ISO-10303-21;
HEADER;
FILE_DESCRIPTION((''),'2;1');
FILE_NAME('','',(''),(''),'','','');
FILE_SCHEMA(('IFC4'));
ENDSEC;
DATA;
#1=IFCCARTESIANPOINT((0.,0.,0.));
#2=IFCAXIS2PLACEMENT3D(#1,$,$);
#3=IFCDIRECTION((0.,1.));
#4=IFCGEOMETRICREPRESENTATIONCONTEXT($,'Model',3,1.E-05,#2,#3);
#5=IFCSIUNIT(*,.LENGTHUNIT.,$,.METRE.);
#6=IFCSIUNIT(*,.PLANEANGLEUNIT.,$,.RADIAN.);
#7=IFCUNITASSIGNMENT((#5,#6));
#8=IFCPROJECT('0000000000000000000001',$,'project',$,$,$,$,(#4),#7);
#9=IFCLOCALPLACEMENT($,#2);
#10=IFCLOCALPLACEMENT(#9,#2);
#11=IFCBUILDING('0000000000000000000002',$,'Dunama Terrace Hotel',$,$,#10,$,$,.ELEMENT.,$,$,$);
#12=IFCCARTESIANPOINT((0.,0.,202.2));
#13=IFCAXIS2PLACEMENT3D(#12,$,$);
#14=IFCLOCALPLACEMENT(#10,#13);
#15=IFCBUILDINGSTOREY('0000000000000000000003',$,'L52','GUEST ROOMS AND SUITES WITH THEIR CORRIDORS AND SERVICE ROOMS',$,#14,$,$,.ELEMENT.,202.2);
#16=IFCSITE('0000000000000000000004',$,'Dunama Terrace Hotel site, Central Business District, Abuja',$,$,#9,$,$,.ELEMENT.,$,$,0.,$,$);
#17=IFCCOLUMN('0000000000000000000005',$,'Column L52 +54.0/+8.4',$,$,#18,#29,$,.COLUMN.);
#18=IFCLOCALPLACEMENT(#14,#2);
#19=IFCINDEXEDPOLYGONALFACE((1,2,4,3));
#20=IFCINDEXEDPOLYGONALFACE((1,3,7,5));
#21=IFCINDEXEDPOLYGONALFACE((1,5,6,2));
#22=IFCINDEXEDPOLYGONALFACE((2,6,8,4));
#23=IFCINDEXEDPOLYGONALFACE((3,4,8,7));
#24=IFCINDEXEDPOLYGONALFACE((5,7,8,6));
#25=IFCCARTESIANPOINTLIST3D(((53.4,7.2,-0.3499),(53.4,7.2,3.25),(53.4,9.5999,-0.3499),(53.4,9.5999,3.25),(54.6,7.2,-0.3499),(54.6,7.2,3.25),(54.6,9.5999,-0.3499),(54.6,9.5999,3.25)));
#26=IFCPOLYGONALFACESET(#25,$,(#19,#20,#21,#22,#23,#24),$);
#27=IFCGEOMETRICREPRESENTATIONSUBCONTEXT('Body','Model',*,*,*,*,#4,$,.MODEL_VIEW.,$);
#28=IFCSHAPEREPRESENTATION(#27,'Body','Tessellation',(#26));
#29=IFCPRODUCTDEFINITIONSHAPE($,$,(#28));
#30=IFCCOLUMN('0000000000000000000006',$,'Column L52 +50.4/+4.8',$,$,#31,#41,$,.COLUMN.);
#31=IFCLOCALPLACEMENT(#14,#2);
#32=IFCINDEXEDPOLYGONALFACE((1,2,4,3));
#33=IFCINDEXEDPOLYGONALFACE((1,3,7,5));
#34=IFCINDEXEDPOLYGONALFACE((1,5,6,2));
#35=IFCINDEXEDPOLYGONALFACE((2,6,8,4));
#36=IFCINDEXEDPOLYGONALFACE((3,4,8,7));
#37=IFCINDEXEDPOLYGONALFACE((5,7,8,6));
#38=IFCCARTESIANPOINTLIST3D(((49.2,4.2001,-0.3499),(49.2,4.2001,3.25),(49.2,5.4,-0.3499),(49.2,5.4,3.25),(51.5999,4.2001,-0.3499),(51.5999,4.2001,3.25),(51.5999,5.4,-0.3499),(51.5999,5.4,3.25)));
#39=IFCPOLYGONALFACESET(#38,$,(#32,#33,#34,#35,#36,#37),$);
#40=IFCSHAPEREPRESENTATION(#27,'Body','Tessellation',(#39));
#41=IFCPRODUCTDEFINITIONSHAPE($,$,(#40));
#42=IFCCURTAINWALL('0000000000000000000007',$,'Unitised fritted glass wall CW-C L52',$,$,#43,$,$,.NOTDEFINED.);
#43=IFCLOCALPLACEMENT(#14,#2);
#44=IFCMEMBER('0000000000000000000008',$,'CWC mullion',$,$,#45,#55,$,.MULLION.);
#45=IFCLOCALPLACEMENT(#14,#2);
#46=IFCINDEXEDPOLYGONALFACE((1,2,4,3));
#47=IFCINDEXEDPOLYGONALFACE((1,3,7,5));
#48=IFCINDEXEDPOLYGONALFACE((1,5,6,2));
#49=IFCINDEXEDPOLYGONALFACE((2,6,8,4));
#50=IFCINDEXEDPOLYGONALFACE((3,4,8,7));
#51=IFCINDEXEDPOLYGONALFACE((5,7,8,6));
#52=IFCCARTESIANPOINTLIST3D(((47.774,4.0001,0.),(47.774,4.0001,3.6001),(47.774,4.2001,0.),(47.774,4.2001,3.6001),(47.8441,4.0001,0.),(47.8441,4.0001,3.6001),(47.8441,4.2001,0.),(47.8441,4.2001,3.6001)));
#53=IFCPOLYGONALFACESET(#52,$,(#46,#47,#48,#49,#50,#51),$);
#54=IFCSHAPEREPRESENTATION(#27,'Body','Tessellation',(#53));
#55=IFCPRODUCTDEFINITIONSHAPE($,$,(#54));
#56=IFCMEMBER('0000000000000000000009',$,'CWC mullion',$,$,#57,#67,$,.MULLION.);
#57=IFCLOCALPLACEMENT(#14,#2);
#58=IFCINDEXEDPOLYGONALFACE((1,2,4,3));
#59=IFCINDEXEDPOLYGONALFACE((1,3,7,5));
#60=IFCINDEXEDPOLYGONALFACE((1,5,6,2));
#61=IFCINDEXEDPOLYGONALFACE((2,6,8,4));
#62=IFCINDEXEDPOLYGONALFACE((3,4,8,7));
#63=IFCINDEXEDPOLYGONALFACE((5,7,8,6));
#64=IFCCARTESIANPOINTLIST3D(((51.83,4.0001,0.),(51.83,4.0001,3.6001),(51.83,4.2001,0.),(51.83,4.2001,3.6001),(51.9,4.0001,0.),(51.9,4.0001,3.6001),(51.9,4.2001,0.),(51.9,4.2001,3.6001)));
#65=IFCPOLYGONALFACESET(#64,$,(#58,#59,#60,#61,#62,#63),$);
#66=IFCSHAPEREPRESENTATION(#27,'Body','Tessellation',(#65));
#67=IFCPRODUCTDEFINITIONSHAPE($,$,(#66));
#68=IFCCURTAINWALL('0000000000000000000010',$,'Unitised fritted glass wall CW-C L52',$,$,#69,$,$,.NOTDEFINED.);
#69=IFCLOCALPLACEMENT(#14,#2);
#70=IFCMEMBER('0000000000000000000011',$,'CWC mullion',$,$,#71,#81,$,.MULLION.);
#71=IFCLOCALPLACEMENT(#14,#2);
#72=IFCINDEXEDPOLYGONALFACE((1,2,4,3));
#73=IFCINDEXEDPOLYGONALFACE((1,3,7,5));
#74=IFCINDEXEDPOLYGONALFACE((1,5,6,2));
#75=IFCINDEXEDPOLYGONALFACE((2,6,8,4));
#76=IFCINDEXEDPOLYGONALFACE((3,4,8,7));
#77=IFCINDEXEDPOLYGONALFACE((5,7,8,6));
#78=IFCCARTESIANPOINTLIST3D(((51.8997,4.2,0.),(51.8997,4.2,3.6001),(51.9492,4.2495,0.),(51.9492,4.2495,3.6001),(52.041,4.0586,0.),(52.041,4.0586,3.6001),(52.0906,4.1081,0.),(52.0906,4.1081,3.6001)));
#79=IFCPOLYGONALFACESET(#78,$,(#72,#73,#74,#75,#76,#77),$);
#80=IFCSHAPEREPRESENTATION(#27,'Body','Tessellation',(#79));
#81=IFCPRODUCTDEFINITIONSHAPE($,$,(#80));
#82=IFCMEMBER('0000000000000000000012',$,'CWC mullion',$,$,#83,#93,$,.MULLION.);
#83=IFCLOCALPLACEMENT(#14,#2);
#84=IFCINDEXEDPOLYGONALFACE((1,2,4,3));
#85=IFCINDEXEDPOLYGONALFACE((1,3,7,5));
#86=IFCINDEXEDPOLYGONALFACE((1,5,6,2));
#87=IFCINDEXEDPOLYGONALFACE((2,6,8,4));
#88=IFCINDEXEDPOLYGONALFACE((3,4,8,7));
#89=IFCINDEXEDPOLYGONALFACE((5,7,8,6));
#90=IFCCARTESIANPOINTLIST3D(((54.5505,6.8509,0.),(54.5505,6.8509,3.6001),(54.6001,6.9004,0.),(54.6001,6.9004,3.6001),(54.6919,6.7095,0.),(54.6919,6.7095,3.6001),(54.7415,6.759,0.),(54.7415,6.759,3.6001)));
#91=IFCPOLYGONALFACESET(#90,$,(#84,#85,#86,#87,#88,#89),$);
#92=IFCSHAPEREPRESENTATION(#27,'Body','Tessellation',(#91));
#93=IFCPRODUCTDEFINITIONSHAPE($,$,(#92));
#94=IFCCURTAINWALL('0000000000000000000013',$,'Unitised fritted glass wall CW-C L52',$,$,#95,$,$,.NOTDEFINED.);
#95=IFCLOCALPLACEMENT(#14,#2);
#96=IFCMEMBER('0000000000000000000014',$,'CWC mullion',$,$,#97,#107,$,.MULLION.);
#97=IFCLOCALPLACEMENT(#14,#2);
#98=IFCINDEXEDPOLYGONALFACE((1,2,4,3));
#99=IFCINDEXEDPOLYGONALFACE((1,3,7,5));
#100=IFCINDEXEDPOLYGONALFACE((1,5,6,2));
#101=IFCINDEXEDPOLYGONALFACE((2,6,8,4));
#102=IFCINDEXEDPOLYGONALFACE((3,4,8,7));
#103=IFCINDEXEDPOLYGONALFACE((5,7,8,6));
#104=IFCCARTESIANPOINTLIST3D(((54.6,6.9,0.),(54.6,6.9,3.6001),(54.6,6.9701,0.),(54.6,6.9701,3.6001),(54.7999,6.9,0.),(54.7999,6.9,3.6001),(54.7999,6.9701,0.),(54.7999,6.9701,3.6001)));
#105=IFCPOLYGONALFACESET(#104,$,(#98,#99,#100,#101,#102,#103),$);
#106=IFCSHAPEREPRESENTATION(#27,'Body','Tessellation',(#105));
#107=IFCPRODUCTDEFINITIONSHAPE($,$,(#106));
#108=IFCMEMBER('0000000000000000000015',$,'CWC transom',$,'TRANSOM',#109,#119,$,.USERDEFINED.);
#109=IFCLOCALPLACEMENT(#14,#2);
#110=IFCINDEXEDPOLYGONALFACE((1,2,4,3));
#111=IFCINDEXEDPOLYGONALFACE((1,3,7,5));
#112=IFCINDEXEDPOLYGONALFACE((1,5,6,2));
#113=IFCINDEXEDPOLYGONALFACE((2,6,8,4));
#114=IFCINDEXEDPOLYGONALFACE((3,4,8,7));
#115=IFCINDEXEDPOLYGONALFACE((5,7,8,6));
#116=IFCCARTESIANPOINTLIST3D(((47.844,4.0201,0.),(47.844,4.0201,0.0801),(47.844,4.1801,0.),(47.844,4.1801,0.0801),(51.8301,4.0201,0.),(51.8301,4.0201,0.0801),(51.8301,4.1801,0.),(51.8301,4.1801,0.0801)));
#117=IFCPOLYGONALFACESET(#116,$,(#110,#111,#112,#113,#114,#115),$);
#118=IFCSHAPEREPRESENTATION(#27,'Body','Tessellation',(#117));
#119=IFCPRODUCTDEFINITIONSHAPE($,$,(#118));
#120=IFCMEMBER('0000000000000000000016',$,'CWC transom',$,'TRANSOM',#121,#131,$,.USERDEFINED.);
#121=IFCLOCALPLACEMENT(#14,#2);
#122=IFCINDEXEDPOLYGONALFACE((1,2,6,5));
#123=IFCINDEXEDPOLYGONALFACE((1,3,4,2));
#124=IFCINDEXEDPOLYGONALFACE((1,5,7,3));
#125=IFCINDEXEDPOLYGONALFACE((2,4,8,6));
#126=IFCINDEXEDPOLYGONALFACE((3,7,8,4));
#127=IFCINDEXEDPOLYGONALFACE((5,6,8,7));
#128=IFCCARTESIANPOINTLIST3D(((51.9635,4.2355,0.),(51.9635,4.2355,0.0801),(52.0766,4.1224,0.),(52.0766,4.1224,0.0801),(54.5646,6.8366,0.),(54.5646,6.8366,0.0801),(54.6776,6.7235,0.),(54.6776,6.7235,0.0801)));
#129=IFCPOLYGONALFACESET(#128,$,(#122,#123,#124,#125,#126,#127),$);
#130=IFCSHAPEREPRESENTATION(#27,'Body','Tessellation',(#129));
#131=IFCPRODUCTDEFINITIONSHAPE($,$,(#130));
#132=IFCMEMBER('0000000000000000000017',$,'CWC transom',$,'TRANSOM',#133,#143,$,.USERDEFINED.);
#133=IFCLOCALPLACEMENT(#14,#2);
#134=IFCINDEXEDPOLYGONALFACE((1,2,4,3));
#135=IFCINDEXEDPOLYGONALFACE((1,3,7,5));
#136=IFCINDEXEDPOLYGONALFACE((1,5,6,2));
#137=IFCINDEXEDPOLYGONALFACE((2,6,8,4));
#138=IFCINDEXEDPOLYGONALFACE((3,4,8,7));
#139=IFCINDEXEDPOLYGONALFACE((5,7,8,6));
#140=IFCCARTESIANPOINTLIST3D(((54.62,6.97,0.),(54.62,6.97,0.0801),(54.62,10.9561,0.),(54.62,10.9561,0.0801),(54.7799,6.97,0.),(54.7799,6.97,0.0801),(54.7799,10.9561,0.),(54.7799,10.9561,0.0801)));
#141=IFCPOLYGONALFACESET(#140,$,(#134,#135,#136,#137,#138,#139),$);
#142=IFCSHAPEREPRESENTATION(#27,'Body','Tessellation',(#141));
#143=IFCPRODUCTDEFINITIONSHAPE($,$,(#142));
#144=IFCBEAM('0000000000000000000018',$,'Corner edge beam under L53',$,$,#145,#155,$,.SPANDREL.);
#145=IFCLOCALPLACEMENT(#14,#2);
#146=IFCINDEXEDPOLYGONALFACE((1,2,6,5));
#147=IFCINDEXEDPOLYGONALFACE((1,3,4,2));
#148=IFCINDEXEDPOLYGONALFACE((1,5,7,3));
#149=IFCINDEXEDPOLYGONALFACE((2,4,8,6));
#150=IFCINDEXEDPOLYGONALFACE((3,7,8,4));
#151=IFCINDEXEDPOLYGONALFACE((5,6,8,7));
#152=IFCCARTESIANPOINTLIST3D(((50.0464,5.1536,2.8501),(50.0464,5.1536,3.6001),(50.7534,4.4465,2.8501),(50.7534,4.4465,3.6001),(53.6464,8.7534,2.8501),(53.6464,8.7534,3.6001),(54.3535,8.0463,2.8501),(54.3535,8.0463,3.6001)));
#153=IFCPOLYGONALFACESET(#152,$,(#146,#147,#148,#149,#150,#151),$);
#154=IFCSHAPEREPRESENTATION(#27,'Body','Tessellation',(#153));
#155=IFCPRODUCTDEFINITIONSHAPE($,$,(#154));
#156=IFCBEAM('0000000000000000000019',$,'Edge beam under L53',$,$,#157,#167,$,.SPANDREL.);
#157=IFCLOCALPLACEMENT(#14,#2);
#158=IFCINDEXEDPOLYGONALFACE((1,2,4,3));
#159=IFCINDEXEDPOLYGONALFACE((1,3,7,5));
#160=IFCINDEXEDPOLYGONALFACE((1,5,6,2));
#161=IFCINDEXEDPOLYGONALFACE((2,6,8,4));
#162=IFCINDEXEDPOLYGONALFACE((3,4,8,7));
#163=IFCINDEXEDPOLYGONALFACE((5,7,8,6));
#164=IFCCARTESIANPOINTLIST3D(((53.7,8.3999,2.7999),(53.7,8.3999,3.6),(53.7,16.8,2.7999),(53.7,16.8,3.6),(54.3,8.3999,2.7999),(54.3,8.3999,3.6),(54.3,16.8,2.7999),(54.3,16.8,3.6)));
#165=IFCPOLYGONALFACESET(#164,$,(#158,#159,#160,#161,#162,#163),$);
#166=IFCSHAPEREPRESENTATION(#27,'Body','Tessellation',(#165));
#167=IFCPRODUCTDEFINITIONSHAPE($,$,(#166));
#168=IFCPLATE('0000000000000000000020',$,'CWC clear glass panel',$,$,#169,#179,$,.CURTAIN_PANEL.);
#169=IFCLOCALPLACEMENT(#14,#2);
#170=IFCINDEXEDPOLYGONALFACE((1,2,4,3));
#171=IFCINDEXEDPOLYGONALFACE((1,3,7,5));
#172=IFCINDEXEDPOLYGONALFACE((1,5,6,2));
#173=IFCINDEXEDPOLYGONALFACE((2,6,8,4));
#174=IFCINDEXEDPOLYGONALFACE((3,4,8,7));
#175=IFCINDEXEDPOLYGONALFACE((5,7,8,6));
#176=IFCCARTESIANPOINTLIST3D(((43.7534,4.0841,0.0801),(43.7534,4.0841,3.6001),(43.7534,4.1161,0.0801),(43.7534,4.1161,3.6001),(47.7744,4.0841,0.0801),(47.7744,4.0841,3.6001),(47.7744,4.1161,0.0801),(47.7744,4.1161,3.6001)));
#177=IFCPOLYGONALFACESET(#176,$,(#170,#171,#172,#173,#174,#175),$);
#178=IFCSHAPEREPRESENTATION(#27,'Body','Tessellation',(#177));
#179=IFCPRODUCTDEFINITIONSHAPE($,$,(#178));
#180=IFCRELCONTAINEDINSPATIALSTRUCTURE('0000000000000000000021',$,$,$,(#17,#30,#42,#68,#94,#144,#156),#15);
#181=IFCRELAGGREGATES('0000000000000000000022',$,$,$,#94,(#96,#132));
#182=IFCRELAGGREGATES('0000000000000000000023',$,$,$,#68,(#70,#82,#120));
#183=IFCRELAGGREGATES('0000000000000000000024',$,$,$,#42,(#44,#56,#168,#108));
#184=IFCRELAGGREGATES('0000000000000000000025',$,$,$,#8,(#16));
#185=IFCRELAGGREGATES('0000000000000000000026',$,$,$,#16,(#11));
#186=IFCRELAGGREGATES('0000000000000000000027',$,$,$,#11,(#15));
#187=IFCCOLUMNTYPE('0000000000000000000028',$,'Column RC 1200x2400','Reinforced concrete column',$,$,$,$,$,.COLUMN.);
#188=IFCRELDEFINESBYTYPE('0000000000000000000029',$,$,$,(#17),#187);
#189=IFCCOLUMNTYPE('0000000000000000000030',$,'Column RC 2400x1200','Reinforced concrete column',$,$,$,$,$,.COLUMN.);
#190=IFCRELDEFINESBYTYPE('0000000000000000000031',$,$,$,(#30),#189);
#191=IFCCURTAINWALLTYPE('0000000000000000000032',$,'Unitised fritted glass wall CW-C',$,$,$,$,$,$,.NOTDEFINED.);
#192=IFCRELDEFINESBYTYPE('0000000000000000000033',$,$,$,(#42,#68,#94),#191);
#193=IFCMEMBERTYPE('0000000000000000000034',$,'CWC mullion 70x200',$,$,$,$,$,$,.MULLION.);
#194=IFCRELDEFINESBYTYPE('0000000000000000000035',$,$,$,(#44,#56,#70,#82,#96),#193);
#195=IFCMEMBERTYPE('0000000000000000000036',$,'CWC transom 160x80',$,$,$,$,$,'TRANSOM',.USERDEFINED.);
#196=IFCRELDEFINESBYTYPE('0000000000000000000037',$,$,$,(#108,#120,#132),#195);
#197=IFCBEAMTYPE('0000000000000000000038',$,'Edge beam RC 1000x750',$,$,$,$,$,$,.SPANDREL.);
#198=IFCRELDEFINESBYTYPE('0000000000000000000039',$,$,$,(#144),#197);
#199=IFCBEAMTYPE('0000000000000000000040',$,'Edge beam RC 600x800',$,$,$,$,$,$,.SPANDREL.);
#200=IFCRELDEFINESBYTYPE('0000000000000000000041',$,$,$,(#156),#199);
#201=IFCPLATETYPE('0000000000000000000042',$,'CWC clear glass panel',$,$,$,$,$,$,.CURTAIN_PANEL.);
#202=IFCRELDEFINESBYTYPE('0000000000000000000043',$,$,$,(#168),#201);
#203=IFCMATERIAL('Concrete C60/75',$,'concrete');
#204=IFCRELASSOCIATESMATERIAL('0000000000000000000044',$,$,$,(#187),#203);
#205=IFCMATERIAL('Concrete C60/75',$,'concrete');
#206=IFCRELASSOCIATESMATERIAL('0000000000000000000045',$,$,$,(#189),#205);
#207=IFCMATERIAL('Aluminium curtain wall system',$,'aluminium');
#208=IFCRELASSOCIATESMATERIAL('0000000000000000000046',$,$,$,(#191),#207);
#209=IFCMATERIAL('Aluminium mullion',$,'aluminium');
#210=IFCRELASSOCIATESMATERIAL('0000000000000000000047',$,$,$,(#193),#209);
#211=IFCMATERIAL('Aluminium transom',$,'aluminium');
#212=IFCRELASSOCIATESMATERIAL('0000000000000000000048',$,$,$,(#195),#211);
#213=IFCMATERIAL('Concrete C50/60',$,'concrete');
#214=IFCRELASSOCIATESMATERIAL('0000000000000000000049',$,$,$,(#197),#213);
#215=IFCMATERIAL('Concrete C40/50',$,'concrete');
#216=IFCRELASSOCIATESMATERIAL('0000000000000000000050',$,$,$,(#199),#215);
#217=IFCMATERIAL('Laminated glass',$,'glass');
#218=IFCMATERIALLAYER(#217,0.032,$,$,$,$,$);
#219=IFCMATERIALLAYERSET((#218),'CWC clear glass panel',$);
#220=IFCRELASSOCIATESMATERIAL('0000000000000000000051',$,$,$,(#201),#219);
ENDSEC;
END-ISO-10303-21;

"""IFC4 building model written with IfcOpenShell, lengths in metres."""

from ifc_helpers import new_model, si_unit, direction, frame, origin, origin_2d, place, context, subcontext, project, spatial, rectangle, extrude, material, layer, layer_set, material_profile, profile_set, type_object, element, aggregate, save


model = new_model("IFC4")

# Units and contexts
model_context = context("Model", 3, precision=1e-05, world=origin(), true_north=direction((0.0, 1.0)))
body_context = subcontext(model_context, "Body", "Model", "MODEL_VIEW")
ifc_project = project(units=[si_unit("LENGTHUNIT", "METRE"), si_unit("PLANEANGLEUNIT", "RADIAN")], contexts=[model_context])

# Site, building, storey
site_placement = place(None, origin())
site = spatial("IfcSite", under=ifc_project, at=site_placement, Name="Dunama Terrace Hotel site, Central Business District, Abuja", CompositionType="ELEMENT", RefElevation=0.0)
building_placement = place(site_placement, origin())
building = spatial("IfcBuilding", under=site, at=building_placement, Name="Dunama Terrace Hotel", CompositionType="ELEMENT")
storey_placement = place(building_placement, frame((0.0, 0.0, 202.2)))
storey = spatial("IfcBuildingStorey", under=building, at=storey_placement, Name="L52", Description="GUEST ROOMS AND SUITES WITH THEIR CORRIDORS AND SERVICE ROOMS", CompositionType="ELEMENT", Elevation=202.2)

# Columns
ifc_material_1 = material(Name="Concrete C60/75", Category="concrete")
ifc_material_profile_1 = material_profile(ifc_material_1, rectangle(XDim=1.2, YDim=2.3999, at=origin_2d()), Name="RC 1200x2400")
ifc_profile_set_1 = profile_set([ifc_material_profile_1], Name="Concrete C60/75")
column_type_1 = type_object("IfcColumnType", Name="Column RC 1200x2400", Description="Reinforced concrete column", PredefinedType="COLUMN", material=ifc_profile_set_1)
column_1_placement = place(storey_placement, frame((54.0, 8.3999, -0.3499), z_axis=(0.0, 0.0, 1.0), x_axis=(1.0, 0.0, 0.0)))
element("IfcColumn", 1, at=column_1_placement, inside=storey, type_object=column_type_1, Name="Column L52 +54.0/+8.4", PredefinedType="COLUMN", context=body_context, shape_type="SweptSolid", body=[
    extrude(rectangle(XDim=1.2, YDim=2.3999, at=origin_2d()), origin(), (0.0, 0.0, 1.0), 3.5999),
])
ifc_material_2 = material(Name="Concrete C60/75", Category="concrete")
ifc_material_profile_2 = material_profile(ifc_material_2, rectangle(XDim=2.3999, YDim=1.2, at=origin_2d()), Name="RC 2400x1200")
ifc_profile_set_2 = profile_set([ifc_material_profile_2], Name="Concrete C60/75")
column_type_2 = type_object("IfcColumnType", Name="Column RC 2400x1200", Description="Reinforced concrete column", PredefinedType="COLUMN", material=ifc_profile_set_2)
column_2_placement = place(storey_placement, frame((50.3999, 4.8, -0.3499), z_axis=(0.0, 0.0, 1.0), x_axis=(1.0, 0.0, 0.0)))
element("IfcColumn", 2, at=column_2_placement, inside=storey, type_object=column_type_2, Name="Column L52 +50.4/+4.8", PredefinedType="COLUMN", context=body_context, shape_type="SweptSolid", body=[
    extrude(rectangle(XDim=2.3999, YDim=1.2, at=origin_2d()), origin(), (0.0, 0.0, 1.0), 3.5999),
])

# Curtain walls, members
ifc_material_3 = material(Name="Aluminium curtain wall system", Category="aluminium")
curtain_wall_type = type_object("IfcCurtainWallType", Name="Unitised fritted glass wall CW-C", PredefinedType="NOTDEFINED", material=ifc_material_3)
curtain_wall_1_placement = place(storey_placement, origin())
curtain_wall_1 = element("IfcCurtainWall", 3, at=curtain_wall_1_placement, inside=storey, type_object=curtain_wall_type, Name="Unitised fritted glass wall CW-C L52", PredefinedType="NOTDEFINED")
ifc_material_4 = material(Name="Aluminium mullion", Category="aluminium")
ifc_material_profile_3 = material_profile(ifc_material_4, rectangle(XDim=0.0701, YDim=0.2, at=origin_2d()), Name="CWC MULLION 70X200")
ifc_profile_set_3 = profile_set([ifc_material_profile_3], Name="Aluminium mullion")
member_type_1 = type_object("IfcMemberType", Name="CWC mullion 70x200", PredefinedType="MULLION", material=ifc_profile_set_3)
member_1_placement = place(storey_placement, frame((47.8091, 4.1001, 0.0), z_axis=(0.0, 0.0, 1.0), x_axis=(1.0, 0.0, 0.0)))
member_1 = element("IfcMember", 4, at=member_1_placement, type_object=member_type_1, Name="CWC mullion", PredefinedType="MULLION", context=body_context, shape_type="SweptSolid", body=[
    extrude(rectangle(XDim=0.0701, YDim=0.2, at=origin_2d()), origin(), (0.0, 0.0, 1.0), 3.6001),
])
member_2_placement = place(storey_placement, frame((51.865, 4.1001, 0.0), z_axis=(0.0, 0.0, 1.0), x_axis=(1.0, 0.0, 0.0)))
member_2 = element("IfcMember", 5, at=member_2_placement, type_object=member_type_1, Name="CWC mullion", PredefinedType="MULLION", context=body_context, shape_type="SweptSolid", body=[
    extrude(rectangle(XDim=0.0701, YDim=0.2, at=origin_2d()), origin(), (0.0, 0.0, 1.0), 3.6001),
])
curtain_wall_2_placement = place(storey_placement, origin())
curtain_wall_2 = element("IfcCurtainWall", 6, at=curtain_wall_2_placement, inside=storey, type_object=curtain_wall_type, Name="Unitised fritted glass wall CW-C L52", PredefinedType="NOTDEFINED")
member_3_placement = place(storey_placement, frame((51.9951, 4.1541, 0.0), z_axis=(0.0, 0.0, 1.0), x_axis=(0.707107, 0.707107, 0.0)))
member_3 = element("IfcMember", 7, at=member_3_placement, type_object=member_type_1, Name="CWC mullion", PredefinedType="MULLION", context=body_context, shape_type="SweptSolid", body=[
    extrude(rectangle(XDim=0.0701, YDim=0.2, at=origin_2d()), origin(), (0.0, 0.0, 1.0), 3.6001),
])
member_4_placement = place(storey_placement, frame((54.646, 6.8049, 0.0), z_axis=(0.0, 0.0, 1.0), x_axis=(0.707107, 0.707107, 0.0)))
member_4 = element("IfcMember", 8, at=member_4_placement, type_object=member_type_1, Name="CWC mullion", PredefinedType="MULLION", context=body_context, shape_type="SweptSolid", body=[
    extrude(rectangle(XDim=0.0701, YDim=0.2, at=origin_2d()), origin(), (0.0, 0.0, 1.0), 3.6001),
])

# Curtain wall, member
curtain_wall_3_placement = place(storey_placement, origin())
curtain_wall_3 = element("IfcCurtainWall", 9, at=curtain_wall_3_placement, inside=storey, type_object=curtain_wall_type, Name="Unitised fritted glass wall CW-C L52", PredefinedType="NOTDEFINED")
member_5_placement = place(storey_placement, frame((54.7, 6.9351, 0.0), z_axis=(0.0, 0.0, 1.0), x_axis=(0.0, 1.0, 0.0)))
member_5 = element("IfcMember", 10, at=member_5_placement, type_object=member_type_1, Name="CWC mullion", PredefinedType="MULLION", context=body_context, shape_type="SweptSolid", body=[
    extrude(rectangle(XDim=0.0701, YDim=0.2, at=origin_2d()), origin(), (0.0, 0.0, 1.0), 3.6001),
])

# Members
ifc_material_5 = material(Name="Aluminium transom", Category="aluminium")
ifc_material_profile_4 = material_profile(ifc_material_5, rectangle(XDim=0.1599, YDim=0.0801, at=origin_2d()), Name="CWC TRANSOM 160X80")
ifc_profile_set_4 = profile_set([ifc_material_profile_4], Name="Aluminium transom")
member_type_2 = type_object("IfcMemberType", Name="CWC transom 160x80", ElementType="TRANSOM", PredefinedType="USERDEFINED", material=ifc_profile_set_4)
member_6_placement = place(storey_placement, frame((47.844, 4.1001, 0.04), z_axis=(1.0, 0.0, 0.0), x_axis=(0.0, 1.0, 0.0)))
member_6 = element("IfcMember", 11, at=member_6_placement, type_object=member_type_2, Name="CWC transom", ObjectType="TRANSOM", PredefinedType="USERDEFINED", context=body_context, shape_type="SweptSolid", body=[
    extrude(rectangle(XDim=0.1599, YDim=0.0801, at=origin_2d()), origin(), (0.0, 0.0, 1.0), 3.9861),
])
member_7_placement = place(storey_placement, frame((52.02, 4.179, 0.04), z_axis=(0.707107, 0.707107, 0.0), x_axis=(-0.707107, 0.707107, 0.0)))
member_7 = element("IfcMember", 12, at=member_7_placement, type_object=member_type_2, Name="CWC transom", ObjectType="TRANSOM", PredefinedType="USERDEFINED", context=body_context, shape_type="SweptSolid", body=[
    extrude(rectangle(XDim=0.1599, YDim=0.0801, at=origin_2d()), origin(), (0.0, 0.0, 1.0), 3.6785),
])
member_8_placement = place(storey_placement, frame((54.7, 6.97, 0.04), z_axis=(0.0, 1.0, 0.0), x_axis=(-1.0, 0.0, 0.0)))
member_8 = element("IfcMember", 13, at=member_8_placement, type_object=member_type_2, Name="CWC transom", ObjectType="TRANSOM", PredefinedType="USERDEFINED", context=body_context, shape_type="SweptSolid", body=[
    extrude(rectangle(XDim=0.1599, YDim=0.0801, at=origin_2d()), origin(), (0.0, 0.0, 1.0), 3.9861),
])

# Beams
ifc_material_6 = material(Name="Concrete C50/60", Category="concrete")
ifc_material_profile_5 = material_profile(ifc_material_6, rectangle(XDim=1.0, YDim=0.75, at=origin_2d()), Name="RC 1000x750")
ifc_profile_set_5 = profile_set([ifc_material_profile_5], Name="Concrete C50/60")
beam_type_1 = type_object("IfcBeamType", Name="Edge beam RC 1000x750", PredefinedType="SPANDREL", material=ifc_profile_set_5)
beam_1_placement = place(storey_placement, frame((50.3999, 4.8, 3.2251), z_axis=(0.707131, 0.707083, 0.0), x_axis=(-0.707083, 0.707131, 0.0)))
element("IfcBeam", 14, at=beam_1_placement, inside=storey, type_object=beam_type_1, Name="Corner edge beam under L53", PredefinedType="SPANDREL", context=body_context, shape_type="SweptSolid", body=[
    extrude(rectangle(XDim=1.0, YDim=0.75, at=origin_2d()), origin(), (0.0, 0.0, 1.0), 5.0911),
])
ifc_material_7 = material(Name="Concrete C40/50", Category="concrete")
ifc_material_profile_6 = material_profile(ifc_material_7, rectangle(XDim=0.6001, YDim=0.8, at=origin_2d()), Name="RC 600x800")
ifc_profile_set_6 = profile_set([ifc_material_profile_6], Name="Concrete C40/50")
beam_type_2 = type_object("IfcBeamType", Name="Edge beam RC 600x800", PredefinedType="SPANDREL", material=ifc_profile_set_6)
beam_2_placement = place(storey_placement, frame((54.0, 8.3999, 3.2), z_axis=(0.0, 1.0, 0.0), x_axis=(-1.0, 0.0, 0.0)))
element("IfcBeam", 15, at=beam_2_placement, inside=storey, type_object=beam_type_2, Name="Edge beam under L53", PredefinedType="SPANDREL", context=body_context, shape_type="SweptSolid", body=[
    extrude(rectangle(XDim=0.6001, YDim=0.8, at=origin_2d()), origin(), (0.0, 0.0, 1.0), 8.4001),
])

# Plate
ifc_material_8 = material(Name="Laminated glass", Category="glass")
ifc_layer_1 = layer(ifc_material_8, 0.032)
ifc_layer_set_1 = layer_set([ifc_layer_1], Name="CWC clear glass panel")
plate_type_1 = type_object("IfcPlateType", Name="CWC clear glass panel", PredefinedType="CURTAIN_PANEL", material=ifc_layer_set_1)
plate_1_placement = place(storey_placement, frame((45.7639, 4.1001, 0.0801), z_axis=(0.0, 0.0, 1.0), x_axis=(1.0, 0.0, 0.0)))
plate_1 = element("IfcPlate", 16, at=plate_1_placement, type_object=plate_type_1, Name="CWC clear glass panel", PredefinedType="CURTAIN_PANEL", context=body_context, shape_type="SweptSolid", body=[
    extrude(rectangle(XDim=4.021, YDim=0.032, at=origin_2d()), origin(), (0.0, 0.0, 1.0), 3.52),
])
aggregate(curtain_wall_3, [member_5, member_8])
aggregate(curtain_wall_2, [member_3, member_4, member_7])
aggregate(curtain_wall_1, [member_1, member_2, plate_1, member_6])

save(model, "model.ifc")
